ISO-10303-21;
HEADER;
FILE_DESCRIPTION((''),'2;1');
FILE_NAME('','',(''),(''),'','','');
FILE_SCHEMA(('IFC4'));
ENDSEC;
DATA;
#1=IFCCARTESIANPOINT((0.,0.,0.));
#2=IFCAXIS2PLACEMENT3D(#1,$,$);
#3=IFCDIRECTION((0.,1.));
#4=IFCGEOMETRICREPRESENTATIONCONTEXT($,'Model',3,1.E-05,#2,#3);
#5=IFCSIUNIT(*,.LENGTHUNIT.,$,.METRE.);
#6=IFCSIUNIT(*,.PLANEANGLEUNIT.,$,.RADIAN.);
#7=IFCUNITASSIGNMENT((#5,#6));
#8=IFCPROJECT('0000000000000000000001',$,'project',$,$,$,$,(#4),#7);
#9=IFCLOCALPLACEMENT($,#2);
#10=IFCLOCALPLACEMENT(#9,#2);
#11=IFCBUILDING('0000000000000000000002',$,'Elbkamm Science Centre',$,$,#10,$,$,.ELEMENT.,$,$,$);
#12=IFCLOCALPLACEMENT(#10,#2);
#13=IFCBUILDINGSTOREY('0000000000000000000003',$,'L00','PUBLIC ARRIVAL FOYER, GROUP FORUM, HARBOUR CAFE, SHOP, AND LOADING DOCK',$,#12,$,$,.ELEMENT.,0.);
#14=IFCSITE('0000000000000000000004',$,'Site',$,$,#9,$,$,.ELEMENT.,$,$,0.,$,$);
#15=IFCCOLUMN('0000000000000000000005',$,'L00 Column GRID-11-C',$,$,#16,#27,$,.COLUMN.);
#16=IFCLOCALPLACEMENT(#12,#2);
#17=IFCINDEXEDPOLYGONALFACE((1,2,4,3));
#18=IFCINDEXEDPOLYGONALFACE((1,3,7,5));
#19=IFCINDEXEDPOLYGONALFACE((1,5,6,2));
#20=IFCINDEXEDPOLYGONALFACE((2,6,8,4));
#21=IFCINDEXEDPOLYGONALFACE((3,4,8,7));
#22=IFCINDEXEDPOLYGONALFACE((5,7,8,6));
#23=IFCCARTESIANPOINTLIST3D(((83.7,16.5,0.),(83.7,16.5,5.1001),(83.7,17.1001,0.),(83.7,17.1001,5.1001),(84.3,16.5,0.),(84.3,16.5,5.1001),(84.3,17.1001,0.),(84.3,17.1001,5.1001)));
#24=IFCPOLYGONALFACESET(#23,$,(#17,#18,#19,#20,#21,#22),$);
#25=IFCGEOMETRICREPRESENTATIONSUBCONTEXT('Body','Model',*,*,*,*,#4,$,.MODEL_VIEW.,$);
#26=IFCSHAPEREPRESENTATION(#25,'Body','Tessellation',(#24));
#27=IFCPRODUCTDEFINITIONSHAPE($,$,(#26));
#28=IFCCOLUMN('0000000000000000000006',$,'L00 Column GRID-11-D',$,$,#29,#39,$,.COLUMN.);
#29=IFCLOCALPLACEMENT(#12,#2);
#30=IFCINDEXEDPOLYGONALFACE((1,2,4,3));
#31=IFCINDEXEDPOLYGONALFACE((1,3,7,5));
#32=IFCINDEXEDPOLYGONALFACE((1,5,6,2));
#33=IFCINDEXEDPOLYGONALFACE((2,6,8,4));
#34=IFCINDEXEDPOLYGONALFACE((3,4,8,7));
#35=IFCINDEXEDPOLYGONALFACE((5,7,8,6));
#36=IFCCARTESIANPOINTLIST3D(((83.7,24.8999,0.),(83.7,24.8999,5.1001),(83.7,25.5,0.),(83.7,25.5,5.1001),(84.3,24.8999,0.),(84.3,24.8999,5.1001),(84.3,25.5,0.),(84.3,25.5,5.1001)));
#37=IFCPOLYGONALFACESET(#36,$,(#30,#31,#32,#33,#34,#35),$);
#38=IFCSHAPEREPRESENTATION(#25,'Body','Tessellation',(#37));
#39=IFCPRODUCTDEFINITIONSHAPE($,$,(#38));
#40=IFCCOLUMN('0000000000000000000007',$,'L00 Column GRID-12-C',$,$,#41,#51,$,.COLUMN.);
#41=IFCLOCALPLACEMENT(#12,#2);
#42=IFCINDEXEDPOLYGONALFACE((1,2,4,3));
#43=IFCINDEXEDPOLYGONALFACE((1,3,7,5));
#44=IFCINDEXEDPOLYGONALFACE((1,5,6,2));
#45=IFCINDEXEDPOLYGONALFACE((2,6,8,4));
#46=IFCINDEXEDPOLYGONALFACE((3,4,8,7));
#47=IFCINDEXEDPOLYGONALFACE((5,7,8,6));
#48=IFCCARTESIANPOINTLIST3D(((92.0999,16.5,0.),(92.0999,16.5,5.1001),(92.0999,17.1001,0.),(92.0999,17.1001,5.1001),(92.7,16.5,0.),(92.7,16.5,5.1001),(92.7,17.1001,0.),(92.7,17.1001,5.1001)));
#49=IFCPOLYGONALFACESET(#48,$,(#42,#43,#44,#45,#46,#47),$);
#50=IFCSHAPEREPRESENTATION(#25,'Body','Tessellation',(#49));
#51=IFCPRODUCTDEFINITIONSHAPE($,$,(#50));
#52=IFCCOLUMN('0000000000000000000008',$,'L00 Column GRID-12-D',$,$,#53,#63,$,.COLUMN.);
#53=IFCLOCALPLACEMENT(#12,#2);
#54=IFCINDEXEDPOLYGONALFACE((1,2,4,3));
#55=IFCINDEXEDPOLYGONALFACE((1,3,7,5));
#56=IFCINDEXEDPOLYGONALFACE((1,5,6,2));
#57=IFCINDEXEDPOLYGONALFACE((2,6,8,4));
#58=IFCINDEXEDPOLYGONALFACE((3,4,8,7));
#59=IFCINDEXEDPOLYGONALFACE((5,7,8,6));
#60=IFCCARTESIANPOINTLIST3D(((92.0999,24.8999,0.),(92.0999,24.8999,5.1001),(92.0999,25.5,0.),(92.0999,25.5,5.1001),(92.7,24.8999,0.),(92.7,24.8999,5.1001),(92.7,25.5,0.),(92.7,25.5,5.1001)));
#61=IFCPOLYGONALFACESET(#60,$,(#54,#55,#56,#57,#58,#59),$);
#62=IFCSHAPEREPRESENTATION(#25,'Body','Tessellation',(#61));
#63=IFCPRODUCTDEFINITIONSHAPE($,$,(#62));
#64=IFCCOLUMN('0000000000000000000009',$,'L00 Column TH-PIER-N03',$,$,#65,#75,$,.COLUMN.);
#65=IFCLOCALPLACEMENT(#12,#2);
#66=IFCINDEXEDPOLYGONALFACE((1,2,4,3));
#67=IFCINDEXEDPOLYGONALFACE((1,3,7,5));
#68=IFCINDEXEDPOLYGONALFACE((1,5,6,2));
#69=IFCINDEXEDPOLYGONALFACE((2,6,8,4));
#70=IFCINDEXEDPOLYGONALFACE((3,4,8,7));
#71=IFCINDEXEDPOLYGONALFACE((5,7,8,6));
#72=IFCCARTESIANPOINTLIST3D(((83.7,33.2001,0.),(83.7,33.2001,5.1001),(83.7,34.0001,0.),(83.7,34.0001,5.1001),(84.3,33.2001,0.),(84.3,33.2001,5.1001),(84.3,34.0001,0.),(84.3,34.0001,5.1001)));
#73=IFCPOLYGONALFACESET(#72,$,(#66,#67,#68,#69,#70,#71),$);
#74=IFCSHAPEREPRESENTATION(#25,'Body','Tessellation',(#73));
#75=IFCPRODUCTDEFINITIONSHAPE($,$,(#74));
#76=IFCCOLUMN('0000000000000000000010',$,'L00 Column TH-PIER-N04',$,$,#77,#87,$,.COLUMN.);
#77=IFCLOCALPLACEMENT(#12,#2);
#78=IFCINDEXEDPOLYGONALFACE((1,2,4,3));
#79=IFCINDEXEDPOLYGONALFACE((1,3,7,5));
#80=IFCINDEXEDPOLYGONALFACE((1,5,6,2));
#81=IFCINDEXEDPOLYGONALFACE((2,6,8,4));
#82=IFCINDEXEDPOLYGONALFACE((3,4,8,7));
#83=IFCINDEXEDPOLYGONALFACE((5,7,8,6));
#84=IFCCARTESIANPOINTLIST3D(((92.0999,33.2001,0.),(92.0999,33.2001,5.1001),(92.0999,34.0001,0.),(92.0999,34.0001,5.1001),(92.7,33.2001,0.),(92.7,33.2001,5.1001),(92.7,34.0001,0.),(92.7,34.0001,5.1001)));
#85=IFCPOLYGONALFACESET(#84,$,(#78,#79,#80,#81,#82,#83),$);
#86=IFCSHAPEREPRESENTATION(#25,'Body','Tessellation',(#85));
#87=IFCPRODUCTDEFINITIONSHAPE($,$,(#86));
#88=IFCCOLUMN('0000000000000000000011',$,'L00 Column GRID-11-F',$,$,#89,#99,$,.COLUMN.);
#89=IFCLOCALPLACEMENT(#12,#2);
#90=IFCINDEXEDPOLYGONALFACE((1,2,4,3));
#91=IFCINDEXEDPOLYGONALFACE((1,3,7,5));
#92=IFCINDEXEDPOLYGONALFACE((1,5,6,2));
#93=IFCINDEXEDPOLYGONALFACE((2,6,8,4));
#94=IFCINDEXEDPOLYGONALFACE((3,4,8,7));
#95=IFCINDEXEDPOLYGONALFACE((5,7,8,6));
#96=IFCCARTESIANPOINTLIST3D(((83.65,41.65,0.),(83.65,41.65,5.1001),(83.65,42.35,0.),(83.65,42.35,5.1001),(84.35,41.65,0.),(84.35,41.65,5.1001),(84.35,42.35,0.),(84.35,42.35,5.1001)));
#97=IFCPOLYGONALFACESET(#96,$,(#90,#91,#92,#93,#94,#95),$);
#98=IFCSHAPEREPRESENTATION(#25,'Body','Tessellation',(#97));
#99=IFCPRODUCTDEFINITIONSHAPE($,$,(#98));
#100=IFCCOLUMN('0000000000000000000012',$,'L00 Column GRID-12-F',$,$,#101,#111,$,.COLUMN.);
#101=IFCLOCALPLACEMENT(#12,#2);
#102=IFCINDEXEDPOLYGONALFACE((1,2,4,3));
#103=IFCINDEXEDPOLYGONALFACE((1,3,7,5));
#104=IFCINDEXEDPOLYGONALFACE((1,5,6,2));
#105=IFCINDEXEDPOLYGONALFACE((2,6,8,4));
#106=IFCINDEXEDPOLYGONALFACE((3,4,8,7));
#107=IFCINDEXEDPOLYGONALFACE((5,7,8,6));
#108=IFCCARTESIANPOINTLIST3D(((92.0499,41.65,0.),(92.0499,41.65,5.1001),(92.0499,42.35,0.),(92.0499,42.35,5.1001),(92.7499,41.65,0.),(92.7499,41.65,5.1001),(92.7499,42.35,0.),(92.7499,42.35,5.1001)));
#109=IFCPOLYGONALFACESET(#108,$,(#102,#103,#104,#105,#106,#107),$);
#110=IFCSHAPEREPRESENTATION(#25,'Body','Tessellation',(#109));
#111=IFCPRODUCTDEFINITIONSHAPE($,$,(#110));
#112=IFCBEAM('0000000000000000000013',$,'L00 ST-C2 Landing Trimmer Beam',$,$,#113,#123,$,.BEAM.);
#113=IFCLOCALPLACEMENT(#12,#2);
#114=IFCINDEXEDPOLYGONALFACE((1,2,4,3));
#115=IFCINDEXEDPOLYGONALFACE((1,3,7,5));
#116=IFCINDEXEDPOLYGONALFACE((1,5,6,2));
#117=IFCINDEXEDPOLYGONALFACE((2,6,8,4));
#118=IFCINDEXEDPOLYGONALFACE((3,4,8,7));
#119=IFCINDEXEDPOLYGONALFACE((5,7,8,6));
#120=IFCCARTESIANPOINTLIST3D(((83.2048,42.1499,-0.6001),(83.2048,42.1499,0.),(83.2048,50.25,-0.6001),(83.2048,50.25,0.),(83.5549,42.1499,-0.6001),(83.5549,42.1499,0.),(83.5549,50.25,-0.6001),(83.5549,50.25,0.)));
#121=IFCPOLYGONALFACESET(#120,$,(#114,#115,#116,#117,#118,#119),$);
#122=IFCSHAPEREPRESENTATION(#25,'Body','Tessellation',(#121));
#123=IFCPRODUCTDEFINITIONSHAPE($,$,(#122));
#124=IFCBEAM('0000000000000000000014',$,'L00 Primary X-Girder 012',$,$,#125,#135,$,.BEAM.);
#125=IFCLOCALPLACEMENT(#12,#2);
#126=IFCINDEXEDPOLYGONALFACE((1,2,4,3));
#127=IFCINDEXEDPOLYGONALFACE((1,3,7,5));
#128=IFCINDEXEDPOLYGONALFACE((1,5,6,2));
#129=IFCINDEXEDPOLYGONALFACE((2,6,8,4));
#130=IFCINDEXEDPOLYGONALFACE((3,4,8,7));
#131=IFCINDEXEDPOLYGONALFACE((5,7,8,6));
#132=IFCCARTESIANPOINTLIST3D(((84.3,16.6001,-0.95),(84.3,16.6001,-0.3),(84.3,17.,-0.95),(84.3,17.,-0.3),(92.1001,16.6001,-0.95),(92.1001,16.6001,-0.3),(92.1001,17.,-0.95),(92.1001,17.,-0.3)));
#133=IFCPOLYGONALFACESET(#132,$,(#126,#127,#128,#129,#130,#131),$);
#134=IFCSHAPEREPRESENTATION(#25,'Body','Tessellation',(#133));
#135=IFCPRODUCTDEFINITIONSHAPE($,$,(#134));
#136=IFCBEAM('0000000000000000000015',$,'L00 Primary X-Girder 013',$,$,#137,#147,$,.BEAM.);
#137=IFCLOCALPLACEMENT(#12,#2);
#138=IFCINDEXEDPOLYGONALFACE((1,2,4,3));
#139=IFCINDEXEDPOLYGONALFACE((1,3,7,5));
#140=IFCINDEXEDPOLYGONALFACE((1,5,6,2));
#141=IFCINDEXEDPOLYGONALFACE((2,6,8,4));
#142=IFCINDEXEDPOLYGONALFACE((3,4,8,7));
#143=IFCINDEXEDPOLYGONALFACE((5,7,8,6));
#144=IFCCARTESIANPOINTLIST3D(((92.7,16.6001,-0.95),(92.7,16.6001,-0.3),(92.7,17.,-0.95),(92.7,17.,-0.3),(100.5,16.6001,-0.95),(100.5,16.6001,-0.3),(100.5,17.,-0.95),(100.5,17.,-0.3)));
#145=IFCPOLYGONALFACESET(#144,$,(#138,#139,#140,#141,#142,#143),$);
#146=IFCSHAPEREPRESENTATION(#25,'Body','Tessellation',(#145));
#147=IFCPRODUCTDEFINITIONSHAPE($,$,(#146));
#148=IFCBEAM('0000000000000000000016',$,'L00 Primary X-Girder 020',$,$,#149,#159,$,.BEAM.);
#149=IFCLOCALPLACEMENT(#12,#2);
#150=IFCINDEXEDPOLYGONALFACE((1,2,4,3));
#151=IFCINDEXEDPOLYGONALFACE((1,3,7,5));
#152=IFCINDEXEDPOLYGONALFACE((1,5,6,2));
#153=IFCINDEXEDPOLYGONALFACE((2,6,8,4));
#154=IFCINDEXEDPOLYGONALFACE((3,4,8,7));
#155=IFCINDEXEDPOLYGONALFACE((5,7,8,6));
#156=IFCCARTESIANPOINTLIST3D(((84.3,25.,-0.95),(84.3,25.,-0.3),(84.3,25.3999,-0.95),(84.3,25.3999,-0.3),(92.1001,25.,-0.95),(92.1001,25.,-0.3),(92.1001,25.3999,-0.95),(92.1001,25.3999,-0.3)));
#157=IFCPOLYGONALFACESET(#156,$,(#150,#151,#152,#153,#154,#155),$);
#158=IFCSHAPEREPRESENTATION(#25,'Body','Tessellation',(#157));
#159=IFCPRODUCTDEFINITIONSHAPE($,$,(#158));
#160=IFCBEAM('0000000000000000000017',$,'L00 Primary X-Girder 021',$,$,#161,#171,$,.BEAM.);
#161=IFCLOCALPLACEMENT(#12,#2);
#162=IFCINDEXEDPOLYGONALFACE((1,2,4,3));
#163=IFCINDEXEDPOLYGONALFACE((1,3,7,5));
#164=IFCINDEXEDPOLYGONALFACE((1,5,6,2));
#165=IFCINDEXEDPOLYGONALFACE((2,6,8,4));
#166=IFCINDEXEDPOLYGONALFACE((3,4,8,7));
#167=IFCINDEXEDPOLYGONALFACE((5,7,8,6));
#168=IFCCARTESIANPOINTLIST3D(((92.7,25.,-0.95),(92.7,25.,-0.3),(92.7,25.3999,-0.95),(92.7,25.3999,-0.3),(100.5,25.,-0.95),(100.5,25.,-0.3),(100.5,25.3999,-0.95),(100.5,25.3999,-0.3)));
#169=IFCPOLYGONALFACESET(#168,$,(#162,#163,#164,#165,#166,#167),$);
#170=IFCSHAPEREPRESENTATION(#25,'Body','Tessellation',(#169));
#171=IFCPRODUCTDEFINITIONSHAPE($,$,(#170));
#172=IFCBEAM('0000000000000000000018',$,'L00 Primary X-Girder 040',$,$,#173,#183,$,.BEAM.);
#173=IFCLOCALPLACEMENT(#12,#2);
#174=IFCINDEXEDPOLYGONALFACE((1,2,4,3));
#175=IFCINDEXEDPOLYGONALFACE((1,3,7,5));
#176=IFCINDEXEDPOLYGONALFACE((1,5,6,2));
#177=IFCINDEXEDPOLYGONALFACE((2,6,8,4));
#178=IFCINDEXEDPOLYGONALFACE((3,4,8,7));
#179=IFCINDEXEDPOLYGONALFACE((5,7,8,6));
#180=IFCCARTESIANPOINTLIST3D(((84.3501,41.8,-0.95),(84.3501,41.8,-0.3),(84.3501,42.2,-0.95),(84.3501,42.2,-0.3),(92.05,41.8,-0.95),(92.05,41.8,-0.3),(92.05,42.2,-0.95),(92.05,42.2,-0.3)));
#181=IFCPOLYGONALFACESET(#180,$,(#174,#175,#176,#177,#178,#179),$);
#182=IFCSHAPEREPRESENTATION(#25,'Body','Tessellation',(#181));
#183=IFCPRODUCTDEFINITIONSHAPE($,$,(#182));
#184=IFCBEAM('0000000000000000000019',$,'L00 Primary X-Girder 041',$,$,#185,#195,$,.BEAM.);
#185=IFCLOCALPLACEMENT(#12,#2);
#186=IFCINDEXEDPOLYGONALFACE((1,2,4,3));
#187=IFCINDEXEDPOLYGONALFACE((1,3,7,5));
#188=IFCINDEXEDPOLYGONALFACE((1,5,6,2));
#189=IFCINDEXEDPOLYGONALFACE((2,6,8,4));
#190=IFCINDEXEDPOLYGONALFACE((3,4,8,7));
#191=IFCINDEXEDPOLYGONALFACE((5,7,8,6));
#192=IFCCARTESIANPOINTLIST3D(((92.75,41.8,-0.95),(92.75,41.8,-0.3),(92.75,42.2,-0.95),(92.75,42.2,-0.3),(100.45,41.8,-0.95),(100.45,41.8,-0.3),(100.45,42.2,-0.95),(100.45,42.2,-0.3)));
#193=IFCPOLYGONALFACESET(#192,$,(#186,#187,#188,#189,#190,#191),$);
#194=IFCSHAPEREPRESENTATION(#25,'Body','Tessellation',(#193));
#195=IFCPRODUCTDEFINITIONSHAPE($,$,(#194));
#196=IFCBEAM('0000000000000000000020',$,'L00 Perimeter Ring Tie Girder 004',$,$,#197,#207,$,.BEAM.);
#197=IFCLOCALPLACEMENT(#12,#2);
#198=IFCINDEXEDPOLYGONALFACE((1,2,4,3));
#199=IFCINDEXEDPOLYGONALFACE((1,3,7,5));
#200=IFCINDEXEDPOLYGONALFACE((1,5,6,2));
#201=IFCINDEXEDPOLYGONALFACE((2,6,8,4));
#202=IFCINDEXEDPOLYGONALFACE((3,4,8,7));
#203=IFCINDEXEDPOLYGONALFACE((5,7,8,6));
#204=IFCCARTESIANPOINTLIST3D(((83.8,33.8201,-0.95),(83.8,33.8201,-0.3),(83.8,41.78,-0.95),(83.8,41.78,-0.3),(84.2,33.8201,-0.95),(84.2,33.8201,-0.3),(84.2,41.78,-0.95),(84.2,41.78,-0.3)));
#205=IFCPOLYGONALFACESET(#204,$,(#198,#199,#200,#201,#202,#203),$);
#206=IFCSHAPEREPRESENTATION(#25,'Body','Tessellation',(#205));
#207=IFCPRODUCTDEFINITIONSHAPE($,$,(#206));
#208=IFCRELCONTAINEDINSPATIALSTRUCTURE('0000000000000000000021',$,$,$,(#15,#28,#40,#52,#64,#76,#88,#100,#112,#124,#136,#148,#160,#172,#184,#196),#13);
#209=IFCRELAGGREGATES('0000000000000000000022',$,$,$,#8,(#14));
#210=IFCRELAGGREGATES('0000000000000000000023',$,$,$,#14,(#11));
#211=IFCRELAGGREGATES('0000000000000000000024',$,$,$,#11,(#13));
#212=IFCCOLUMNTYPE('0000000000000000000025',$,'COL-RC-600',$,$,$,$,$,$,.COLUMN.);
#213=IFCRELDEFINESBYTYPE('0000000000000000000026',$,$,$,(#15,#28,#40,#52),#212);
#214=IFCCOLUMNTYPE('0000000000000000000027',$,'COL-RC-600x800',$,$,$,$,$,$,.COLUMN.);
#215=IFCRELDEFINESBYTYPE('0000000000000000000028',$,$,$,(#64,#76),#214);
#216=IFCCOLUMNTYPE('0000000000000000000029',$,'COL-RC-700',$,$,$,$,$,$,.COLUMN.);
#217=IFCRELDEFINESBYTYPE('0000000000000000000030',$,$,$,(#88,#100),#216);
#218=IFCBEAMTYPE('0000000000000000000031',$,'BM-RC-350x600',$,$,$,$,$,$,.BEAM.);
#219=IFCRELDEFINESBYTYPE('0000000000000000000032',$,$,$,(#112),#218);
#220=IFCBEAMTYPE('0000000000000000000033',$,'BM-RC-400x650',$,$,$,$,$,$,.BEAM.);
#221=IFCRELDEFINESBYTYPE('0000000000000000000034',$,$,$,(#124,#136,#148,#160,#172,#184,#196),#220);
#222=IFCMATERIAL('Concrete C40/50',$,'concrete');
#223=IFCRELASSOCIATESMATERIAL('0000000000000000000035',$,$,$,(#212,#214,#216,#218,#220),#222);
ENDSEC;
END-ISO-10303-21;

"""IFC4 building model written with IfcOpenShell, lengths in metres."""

from ifc_helpers import new_model, si_unit, direction, frame, origin, origin_2d, place, context, subcontext, project, spatial, rectangle, extrude, material, material_profile, profile_set, type_object, element, save


model = new_model("IFC4")

# Units and contexts
model_context = context("Model", 3, precision=1e-05, world=origin(), true_north=direction((0.0, 1.0)))
body_context = subcontext(model_context, "Body", "Model", "MODEL_VIEW")
ifc_project = project(units=[si_unit("LENGTHUNIT", "METRE"), si_unit("PLANEANGLEUNIT", "RADIAN")], contexts=[model_context])

# Site, building, storey
site_placement = place(None, origin())
site = spatial("IfcSite", under=ifc_project, at=site_placement, Name="Site", CompositionType="ELEMENT", RefElevation=0.0)
building_placement = place(site_placement, origin())
building = spatial("IfcBuilding", under=site, at=building_placement, Name="Elbkamm Science Centre", CompositionType="ELEMENT")
storey_placement = place(building_placement, origin())
storey = spatial("IfcBuildingStorey", under=building, at=storey_placement, Name="L00", Description="PUBLIC ARRIVAL FOYER, GROUP FORUM, HARBOUR CAFE, SHOP, AND LOADING DOCK", CompositionType="ELEMENT", Elevation=0.0)

# Columns
ifc_material_1 = material(Name="Concrete C40/50", Category="concrete")
ifc_material_profile_1 = material_profile(ifc_material_1, rectangle(XDim=0.6001, YDim=0.6001, at=origin_2d()), Name="RC 600x600")
ifc_profile_set_1 = profile_set([ifc_material_profile_1], Name="Concrete C40/50")
column_type_1 = type_object("IfcColumnType", Name="COL-RC-600", PredefinedType="COLUMN", material=ifc_profile_set_1)
for number, where, z_axis, x_axis, name in (
    (1, (84.0, 16.8, 0.0), (0.0, 0.0, 1.0), (1.0, 0.0, 0.0), "L00 Column GRID-11-C"),
    (2, (84.0, 25.2, 0.0), (0.0, 0.0, 1.0), (1.0, 0.0, 0.0), "L00 Column GRID-11-D"),
    (3, (92.3999, 16.8, 0.0), (0.0, 0.0, 1.0), (1.0, 0.0, 0.0), "L00 Column GRID-12-C"),
    (4, (92.3999, 25.2, 0.0), (0.0, 0.0, 1.0), (1.0, 0.0, 0.0), "L00 Column GRID-12-D"),
):
    element("IfcColumn", number, at=place(storey_placement, frame(where, z_axis=z_axis, x_axis=x_axis)), inside=storey, type_object=column_type_1, Name=name, PredefinedType="COLUMN", context=body_context, shape_type="SweptSolid", body=[
        extrude(rectangle(XDim=0.6001, YDim=0.6001, at=origin_2d()), origin(), (0.0, 0.0, 1.0), 5.1001),
    ])
ifc_material_profile_2 = material_profile(ifc_material_1, rectangle(XDim=0.6001, YDim=0.8, at=origin_2d()), Name="RC 600x800")
ifc_profile_set_2 = profile_set([ifc_material_profile_2], Name="Concrete C40/50")
column_type_2 = type_object("IfcColumnType", Name="COL-RC-600x800", PredefinedType="COLUMN", material=ifc_profile_set_2)
for number, where, z_axis, x_axis, name in (
    (5, (84.0, 33.6001, 0.0), (0.0, 0.0, 1.0), (1.0, 0.0, 0.0), "L00 Column TH-PIER-N03"),
    (6, (92.3999, 33.6001, 0.0), (0.0, 0.0, 1.0), (1.0, 0.0, 0.0), "L00 Column TH-PIER-N04"),
):
    element("IfcColumn", number, at=place(storey_placement, frame(where, z_axis=z_axis, x_axis=x_axis)), inside=storey, type_object=column_type_2, Name=name, PredefinedType="COLUMN", context=body_context, shape_type="SweptSolid", body=[
        extrude(rectangle(XDim=0.6001, YDim=0.8, at=origin_2d()), origin(), (0.0, 0.0, 1.0), 5.1001),
    ])
ifc_material_profile_3 = material_profile(ifc_material_1, rectangle(XDim=0.7, YDim=0.7, at=origin_2d()), Name="RC 700x700")
ifc_profile_set_3 = profile_set([ifc_material_profile_3], Name="Concrete C40/50")
column_type_3 = type_object("IfcColumnType", Name="COL-RC-700", PredefinedType="COLUMN", material=ifc_profile_set_3)
for number, where, z_axis, x_axis, name in (
    (7, (84.0, 42.0, 0.0), (0.0, 0.0, 1.0), (1.0, 0.0, 0.0), "L00 Column GRID-11-F"),
    (8, (92.3999, 42.0, 0.0), (0.0, 0.0, 1.0), (1.0, 0.0, 0.0), "L00 Column GRID-12-F"),
):
    element("IfcColumn", number, at=place(storey_placement, frame(where, z_axis=z_axis, x_axis=x_axis)), inside=storey, type_object=column_type_3, Name=name, PredefinedType="COLUMN", context=body_context, shape_type="SweptSolid", body=[
        extrude(rectangle(XDim=0.7, YDim=0.7, at=origin_2d()), origin(), (0.0, 0.0, 1.0), 5.1001),
    ])

# Beams
ifc_material_profile_4 = material_profile(ifc_material_1, rectangle(XDim=0.3501, YDim=0.6001, at=origin_2d()), Name="RC 350x600")
ifc_profile_set_4 = profile_set([ifc_material_profile_4], Name="Concrete C40/50")
beam_type_1 = type_object("IfcBeamType", Name="BM-RC-350x600", PredefinedType="BEAM", material=ifc_profile_set_4)
beam_placement = place(storey_placement, frame((83.3799, 42.1499, -0.3), z_axis=(0.0, 1.0, 0.0), x_axis=(-1.0, 0.0, 0.0)))
element("IfcBeam", 9, at=beam_placement, inside=storey, type_object=beam_type_1, Name="L00 ST-C2 Landing Trimmer Beam", PredefinedType="BEAM", context=body_context, shape_type="SweptSolid", body=[
    extrude(rectangle(XDim=0.3501, YDim=0.6001, at=origin_2d()), origin(), (0.0, 0.0, 1.0), 8.1001),
])
ifc_material_profile_5 = material_profile(ifc_material_1, rectangle(XDim=0.3999, YDim=0.6499, at=origin_2d()), Name="RC 400x650")
ifc_profile_set_5 = profile_set([ifc_material_profile_5], Name="Concrete C40/50")
beam_type_2 = type_object("IfcBeamType", Name="BM-RC-400x650", PredefinedType="BEAM", material=ifc_profile_set_5)
for number, where, z_axis, x_axis, name in (
    (10, (84.3, 16.8, -0.625), (1.0, 0.0, 0.0), (0.0, 1.0, 0.0), "L00 Primary X-Girder 012"),
    (11, (92.7, 16.8, -0.625), (1.0, 0.0, 0.0), (0.0, 1.0, 0.0), "L00 Primary X-Girder 013"),
    (12, (84.3, 25.2, -0.625), (1.0, 0.0, 0.0), (0.0, 1.0, 0.0), "L00 Primary X-Girder 020"),
    (13, (92.7, 25.2, -0.625), (1.0, 0.0, 0.0), (0.0, 1.0, 0.0), "L00 Primary X-Girder 021"),
):
    element("IfcBeam", number, at=place(storey_placement, frame(where, z_axis=z_axis, x_axis=x_axis)), inside=storey, type_object=beam_type_2, Name=name, PredefinedType="BEAM", context=body_context, shape_type="SweptSolid", body=[
        extrude(rectangle(XDim=0.3999, YDim=0.6499, at=origin_2d()), origin(), (0.0, 0.0, 1.0), 7.8),
    ])
for number, where, z_axis, x_axis, name in (
    (14, (84.3501, 42.0, -0.625), (1.0, 0.0, 0.0), (0.0, 1.0, 0.0), "L00 Primary X-Girder 040"),
    (15, (92.75, 42.0, -0.625), (1.0, 0.0, 0.0), (0.0, 1.0, 0.0), "L00 Primary X-Girder 041"),
):
    element("IfcBeam", number, at=place(storey_placement, frame(where, z_axis=z_axis, x_axis=x_axis)), inside=storey, type_object=beam_type_2, Name=name, PredefinedType="BEAM", context=body_context, shape_type="SweptSolid", body=[
        extrude(rectangle(XDim=0.3999, YDim=0.6499, at=origin_2d()), origin(), (0.0, 0.0, 1.0), 7.7),
    ])
for number, where, z_axis, x_axis, name in (
    (16, (84.0, 33.8201, -0.625), (0.0, 1.0, 0.0), (-1.0, 0.0, 0.0), "L00 Perimeter Ring Tie Girder 004"),
):
    element("IfcBeam", number, at=place(storey_placement, frame(where, z_axis=z_axis, x_axis=x_axis)), inside=storey, type_object=beam_type_2, Name=name, PredefinedType="BEAM", context=body_context, shape_type="SweptSolid", body=[
        extrude(rectangle(XDim=0.3999, YDim=0.6499, at=origin_2d()), origin(), (0.0, 0.0, 1.0), 7.96),
    ])

save(model, "model.ifc")
